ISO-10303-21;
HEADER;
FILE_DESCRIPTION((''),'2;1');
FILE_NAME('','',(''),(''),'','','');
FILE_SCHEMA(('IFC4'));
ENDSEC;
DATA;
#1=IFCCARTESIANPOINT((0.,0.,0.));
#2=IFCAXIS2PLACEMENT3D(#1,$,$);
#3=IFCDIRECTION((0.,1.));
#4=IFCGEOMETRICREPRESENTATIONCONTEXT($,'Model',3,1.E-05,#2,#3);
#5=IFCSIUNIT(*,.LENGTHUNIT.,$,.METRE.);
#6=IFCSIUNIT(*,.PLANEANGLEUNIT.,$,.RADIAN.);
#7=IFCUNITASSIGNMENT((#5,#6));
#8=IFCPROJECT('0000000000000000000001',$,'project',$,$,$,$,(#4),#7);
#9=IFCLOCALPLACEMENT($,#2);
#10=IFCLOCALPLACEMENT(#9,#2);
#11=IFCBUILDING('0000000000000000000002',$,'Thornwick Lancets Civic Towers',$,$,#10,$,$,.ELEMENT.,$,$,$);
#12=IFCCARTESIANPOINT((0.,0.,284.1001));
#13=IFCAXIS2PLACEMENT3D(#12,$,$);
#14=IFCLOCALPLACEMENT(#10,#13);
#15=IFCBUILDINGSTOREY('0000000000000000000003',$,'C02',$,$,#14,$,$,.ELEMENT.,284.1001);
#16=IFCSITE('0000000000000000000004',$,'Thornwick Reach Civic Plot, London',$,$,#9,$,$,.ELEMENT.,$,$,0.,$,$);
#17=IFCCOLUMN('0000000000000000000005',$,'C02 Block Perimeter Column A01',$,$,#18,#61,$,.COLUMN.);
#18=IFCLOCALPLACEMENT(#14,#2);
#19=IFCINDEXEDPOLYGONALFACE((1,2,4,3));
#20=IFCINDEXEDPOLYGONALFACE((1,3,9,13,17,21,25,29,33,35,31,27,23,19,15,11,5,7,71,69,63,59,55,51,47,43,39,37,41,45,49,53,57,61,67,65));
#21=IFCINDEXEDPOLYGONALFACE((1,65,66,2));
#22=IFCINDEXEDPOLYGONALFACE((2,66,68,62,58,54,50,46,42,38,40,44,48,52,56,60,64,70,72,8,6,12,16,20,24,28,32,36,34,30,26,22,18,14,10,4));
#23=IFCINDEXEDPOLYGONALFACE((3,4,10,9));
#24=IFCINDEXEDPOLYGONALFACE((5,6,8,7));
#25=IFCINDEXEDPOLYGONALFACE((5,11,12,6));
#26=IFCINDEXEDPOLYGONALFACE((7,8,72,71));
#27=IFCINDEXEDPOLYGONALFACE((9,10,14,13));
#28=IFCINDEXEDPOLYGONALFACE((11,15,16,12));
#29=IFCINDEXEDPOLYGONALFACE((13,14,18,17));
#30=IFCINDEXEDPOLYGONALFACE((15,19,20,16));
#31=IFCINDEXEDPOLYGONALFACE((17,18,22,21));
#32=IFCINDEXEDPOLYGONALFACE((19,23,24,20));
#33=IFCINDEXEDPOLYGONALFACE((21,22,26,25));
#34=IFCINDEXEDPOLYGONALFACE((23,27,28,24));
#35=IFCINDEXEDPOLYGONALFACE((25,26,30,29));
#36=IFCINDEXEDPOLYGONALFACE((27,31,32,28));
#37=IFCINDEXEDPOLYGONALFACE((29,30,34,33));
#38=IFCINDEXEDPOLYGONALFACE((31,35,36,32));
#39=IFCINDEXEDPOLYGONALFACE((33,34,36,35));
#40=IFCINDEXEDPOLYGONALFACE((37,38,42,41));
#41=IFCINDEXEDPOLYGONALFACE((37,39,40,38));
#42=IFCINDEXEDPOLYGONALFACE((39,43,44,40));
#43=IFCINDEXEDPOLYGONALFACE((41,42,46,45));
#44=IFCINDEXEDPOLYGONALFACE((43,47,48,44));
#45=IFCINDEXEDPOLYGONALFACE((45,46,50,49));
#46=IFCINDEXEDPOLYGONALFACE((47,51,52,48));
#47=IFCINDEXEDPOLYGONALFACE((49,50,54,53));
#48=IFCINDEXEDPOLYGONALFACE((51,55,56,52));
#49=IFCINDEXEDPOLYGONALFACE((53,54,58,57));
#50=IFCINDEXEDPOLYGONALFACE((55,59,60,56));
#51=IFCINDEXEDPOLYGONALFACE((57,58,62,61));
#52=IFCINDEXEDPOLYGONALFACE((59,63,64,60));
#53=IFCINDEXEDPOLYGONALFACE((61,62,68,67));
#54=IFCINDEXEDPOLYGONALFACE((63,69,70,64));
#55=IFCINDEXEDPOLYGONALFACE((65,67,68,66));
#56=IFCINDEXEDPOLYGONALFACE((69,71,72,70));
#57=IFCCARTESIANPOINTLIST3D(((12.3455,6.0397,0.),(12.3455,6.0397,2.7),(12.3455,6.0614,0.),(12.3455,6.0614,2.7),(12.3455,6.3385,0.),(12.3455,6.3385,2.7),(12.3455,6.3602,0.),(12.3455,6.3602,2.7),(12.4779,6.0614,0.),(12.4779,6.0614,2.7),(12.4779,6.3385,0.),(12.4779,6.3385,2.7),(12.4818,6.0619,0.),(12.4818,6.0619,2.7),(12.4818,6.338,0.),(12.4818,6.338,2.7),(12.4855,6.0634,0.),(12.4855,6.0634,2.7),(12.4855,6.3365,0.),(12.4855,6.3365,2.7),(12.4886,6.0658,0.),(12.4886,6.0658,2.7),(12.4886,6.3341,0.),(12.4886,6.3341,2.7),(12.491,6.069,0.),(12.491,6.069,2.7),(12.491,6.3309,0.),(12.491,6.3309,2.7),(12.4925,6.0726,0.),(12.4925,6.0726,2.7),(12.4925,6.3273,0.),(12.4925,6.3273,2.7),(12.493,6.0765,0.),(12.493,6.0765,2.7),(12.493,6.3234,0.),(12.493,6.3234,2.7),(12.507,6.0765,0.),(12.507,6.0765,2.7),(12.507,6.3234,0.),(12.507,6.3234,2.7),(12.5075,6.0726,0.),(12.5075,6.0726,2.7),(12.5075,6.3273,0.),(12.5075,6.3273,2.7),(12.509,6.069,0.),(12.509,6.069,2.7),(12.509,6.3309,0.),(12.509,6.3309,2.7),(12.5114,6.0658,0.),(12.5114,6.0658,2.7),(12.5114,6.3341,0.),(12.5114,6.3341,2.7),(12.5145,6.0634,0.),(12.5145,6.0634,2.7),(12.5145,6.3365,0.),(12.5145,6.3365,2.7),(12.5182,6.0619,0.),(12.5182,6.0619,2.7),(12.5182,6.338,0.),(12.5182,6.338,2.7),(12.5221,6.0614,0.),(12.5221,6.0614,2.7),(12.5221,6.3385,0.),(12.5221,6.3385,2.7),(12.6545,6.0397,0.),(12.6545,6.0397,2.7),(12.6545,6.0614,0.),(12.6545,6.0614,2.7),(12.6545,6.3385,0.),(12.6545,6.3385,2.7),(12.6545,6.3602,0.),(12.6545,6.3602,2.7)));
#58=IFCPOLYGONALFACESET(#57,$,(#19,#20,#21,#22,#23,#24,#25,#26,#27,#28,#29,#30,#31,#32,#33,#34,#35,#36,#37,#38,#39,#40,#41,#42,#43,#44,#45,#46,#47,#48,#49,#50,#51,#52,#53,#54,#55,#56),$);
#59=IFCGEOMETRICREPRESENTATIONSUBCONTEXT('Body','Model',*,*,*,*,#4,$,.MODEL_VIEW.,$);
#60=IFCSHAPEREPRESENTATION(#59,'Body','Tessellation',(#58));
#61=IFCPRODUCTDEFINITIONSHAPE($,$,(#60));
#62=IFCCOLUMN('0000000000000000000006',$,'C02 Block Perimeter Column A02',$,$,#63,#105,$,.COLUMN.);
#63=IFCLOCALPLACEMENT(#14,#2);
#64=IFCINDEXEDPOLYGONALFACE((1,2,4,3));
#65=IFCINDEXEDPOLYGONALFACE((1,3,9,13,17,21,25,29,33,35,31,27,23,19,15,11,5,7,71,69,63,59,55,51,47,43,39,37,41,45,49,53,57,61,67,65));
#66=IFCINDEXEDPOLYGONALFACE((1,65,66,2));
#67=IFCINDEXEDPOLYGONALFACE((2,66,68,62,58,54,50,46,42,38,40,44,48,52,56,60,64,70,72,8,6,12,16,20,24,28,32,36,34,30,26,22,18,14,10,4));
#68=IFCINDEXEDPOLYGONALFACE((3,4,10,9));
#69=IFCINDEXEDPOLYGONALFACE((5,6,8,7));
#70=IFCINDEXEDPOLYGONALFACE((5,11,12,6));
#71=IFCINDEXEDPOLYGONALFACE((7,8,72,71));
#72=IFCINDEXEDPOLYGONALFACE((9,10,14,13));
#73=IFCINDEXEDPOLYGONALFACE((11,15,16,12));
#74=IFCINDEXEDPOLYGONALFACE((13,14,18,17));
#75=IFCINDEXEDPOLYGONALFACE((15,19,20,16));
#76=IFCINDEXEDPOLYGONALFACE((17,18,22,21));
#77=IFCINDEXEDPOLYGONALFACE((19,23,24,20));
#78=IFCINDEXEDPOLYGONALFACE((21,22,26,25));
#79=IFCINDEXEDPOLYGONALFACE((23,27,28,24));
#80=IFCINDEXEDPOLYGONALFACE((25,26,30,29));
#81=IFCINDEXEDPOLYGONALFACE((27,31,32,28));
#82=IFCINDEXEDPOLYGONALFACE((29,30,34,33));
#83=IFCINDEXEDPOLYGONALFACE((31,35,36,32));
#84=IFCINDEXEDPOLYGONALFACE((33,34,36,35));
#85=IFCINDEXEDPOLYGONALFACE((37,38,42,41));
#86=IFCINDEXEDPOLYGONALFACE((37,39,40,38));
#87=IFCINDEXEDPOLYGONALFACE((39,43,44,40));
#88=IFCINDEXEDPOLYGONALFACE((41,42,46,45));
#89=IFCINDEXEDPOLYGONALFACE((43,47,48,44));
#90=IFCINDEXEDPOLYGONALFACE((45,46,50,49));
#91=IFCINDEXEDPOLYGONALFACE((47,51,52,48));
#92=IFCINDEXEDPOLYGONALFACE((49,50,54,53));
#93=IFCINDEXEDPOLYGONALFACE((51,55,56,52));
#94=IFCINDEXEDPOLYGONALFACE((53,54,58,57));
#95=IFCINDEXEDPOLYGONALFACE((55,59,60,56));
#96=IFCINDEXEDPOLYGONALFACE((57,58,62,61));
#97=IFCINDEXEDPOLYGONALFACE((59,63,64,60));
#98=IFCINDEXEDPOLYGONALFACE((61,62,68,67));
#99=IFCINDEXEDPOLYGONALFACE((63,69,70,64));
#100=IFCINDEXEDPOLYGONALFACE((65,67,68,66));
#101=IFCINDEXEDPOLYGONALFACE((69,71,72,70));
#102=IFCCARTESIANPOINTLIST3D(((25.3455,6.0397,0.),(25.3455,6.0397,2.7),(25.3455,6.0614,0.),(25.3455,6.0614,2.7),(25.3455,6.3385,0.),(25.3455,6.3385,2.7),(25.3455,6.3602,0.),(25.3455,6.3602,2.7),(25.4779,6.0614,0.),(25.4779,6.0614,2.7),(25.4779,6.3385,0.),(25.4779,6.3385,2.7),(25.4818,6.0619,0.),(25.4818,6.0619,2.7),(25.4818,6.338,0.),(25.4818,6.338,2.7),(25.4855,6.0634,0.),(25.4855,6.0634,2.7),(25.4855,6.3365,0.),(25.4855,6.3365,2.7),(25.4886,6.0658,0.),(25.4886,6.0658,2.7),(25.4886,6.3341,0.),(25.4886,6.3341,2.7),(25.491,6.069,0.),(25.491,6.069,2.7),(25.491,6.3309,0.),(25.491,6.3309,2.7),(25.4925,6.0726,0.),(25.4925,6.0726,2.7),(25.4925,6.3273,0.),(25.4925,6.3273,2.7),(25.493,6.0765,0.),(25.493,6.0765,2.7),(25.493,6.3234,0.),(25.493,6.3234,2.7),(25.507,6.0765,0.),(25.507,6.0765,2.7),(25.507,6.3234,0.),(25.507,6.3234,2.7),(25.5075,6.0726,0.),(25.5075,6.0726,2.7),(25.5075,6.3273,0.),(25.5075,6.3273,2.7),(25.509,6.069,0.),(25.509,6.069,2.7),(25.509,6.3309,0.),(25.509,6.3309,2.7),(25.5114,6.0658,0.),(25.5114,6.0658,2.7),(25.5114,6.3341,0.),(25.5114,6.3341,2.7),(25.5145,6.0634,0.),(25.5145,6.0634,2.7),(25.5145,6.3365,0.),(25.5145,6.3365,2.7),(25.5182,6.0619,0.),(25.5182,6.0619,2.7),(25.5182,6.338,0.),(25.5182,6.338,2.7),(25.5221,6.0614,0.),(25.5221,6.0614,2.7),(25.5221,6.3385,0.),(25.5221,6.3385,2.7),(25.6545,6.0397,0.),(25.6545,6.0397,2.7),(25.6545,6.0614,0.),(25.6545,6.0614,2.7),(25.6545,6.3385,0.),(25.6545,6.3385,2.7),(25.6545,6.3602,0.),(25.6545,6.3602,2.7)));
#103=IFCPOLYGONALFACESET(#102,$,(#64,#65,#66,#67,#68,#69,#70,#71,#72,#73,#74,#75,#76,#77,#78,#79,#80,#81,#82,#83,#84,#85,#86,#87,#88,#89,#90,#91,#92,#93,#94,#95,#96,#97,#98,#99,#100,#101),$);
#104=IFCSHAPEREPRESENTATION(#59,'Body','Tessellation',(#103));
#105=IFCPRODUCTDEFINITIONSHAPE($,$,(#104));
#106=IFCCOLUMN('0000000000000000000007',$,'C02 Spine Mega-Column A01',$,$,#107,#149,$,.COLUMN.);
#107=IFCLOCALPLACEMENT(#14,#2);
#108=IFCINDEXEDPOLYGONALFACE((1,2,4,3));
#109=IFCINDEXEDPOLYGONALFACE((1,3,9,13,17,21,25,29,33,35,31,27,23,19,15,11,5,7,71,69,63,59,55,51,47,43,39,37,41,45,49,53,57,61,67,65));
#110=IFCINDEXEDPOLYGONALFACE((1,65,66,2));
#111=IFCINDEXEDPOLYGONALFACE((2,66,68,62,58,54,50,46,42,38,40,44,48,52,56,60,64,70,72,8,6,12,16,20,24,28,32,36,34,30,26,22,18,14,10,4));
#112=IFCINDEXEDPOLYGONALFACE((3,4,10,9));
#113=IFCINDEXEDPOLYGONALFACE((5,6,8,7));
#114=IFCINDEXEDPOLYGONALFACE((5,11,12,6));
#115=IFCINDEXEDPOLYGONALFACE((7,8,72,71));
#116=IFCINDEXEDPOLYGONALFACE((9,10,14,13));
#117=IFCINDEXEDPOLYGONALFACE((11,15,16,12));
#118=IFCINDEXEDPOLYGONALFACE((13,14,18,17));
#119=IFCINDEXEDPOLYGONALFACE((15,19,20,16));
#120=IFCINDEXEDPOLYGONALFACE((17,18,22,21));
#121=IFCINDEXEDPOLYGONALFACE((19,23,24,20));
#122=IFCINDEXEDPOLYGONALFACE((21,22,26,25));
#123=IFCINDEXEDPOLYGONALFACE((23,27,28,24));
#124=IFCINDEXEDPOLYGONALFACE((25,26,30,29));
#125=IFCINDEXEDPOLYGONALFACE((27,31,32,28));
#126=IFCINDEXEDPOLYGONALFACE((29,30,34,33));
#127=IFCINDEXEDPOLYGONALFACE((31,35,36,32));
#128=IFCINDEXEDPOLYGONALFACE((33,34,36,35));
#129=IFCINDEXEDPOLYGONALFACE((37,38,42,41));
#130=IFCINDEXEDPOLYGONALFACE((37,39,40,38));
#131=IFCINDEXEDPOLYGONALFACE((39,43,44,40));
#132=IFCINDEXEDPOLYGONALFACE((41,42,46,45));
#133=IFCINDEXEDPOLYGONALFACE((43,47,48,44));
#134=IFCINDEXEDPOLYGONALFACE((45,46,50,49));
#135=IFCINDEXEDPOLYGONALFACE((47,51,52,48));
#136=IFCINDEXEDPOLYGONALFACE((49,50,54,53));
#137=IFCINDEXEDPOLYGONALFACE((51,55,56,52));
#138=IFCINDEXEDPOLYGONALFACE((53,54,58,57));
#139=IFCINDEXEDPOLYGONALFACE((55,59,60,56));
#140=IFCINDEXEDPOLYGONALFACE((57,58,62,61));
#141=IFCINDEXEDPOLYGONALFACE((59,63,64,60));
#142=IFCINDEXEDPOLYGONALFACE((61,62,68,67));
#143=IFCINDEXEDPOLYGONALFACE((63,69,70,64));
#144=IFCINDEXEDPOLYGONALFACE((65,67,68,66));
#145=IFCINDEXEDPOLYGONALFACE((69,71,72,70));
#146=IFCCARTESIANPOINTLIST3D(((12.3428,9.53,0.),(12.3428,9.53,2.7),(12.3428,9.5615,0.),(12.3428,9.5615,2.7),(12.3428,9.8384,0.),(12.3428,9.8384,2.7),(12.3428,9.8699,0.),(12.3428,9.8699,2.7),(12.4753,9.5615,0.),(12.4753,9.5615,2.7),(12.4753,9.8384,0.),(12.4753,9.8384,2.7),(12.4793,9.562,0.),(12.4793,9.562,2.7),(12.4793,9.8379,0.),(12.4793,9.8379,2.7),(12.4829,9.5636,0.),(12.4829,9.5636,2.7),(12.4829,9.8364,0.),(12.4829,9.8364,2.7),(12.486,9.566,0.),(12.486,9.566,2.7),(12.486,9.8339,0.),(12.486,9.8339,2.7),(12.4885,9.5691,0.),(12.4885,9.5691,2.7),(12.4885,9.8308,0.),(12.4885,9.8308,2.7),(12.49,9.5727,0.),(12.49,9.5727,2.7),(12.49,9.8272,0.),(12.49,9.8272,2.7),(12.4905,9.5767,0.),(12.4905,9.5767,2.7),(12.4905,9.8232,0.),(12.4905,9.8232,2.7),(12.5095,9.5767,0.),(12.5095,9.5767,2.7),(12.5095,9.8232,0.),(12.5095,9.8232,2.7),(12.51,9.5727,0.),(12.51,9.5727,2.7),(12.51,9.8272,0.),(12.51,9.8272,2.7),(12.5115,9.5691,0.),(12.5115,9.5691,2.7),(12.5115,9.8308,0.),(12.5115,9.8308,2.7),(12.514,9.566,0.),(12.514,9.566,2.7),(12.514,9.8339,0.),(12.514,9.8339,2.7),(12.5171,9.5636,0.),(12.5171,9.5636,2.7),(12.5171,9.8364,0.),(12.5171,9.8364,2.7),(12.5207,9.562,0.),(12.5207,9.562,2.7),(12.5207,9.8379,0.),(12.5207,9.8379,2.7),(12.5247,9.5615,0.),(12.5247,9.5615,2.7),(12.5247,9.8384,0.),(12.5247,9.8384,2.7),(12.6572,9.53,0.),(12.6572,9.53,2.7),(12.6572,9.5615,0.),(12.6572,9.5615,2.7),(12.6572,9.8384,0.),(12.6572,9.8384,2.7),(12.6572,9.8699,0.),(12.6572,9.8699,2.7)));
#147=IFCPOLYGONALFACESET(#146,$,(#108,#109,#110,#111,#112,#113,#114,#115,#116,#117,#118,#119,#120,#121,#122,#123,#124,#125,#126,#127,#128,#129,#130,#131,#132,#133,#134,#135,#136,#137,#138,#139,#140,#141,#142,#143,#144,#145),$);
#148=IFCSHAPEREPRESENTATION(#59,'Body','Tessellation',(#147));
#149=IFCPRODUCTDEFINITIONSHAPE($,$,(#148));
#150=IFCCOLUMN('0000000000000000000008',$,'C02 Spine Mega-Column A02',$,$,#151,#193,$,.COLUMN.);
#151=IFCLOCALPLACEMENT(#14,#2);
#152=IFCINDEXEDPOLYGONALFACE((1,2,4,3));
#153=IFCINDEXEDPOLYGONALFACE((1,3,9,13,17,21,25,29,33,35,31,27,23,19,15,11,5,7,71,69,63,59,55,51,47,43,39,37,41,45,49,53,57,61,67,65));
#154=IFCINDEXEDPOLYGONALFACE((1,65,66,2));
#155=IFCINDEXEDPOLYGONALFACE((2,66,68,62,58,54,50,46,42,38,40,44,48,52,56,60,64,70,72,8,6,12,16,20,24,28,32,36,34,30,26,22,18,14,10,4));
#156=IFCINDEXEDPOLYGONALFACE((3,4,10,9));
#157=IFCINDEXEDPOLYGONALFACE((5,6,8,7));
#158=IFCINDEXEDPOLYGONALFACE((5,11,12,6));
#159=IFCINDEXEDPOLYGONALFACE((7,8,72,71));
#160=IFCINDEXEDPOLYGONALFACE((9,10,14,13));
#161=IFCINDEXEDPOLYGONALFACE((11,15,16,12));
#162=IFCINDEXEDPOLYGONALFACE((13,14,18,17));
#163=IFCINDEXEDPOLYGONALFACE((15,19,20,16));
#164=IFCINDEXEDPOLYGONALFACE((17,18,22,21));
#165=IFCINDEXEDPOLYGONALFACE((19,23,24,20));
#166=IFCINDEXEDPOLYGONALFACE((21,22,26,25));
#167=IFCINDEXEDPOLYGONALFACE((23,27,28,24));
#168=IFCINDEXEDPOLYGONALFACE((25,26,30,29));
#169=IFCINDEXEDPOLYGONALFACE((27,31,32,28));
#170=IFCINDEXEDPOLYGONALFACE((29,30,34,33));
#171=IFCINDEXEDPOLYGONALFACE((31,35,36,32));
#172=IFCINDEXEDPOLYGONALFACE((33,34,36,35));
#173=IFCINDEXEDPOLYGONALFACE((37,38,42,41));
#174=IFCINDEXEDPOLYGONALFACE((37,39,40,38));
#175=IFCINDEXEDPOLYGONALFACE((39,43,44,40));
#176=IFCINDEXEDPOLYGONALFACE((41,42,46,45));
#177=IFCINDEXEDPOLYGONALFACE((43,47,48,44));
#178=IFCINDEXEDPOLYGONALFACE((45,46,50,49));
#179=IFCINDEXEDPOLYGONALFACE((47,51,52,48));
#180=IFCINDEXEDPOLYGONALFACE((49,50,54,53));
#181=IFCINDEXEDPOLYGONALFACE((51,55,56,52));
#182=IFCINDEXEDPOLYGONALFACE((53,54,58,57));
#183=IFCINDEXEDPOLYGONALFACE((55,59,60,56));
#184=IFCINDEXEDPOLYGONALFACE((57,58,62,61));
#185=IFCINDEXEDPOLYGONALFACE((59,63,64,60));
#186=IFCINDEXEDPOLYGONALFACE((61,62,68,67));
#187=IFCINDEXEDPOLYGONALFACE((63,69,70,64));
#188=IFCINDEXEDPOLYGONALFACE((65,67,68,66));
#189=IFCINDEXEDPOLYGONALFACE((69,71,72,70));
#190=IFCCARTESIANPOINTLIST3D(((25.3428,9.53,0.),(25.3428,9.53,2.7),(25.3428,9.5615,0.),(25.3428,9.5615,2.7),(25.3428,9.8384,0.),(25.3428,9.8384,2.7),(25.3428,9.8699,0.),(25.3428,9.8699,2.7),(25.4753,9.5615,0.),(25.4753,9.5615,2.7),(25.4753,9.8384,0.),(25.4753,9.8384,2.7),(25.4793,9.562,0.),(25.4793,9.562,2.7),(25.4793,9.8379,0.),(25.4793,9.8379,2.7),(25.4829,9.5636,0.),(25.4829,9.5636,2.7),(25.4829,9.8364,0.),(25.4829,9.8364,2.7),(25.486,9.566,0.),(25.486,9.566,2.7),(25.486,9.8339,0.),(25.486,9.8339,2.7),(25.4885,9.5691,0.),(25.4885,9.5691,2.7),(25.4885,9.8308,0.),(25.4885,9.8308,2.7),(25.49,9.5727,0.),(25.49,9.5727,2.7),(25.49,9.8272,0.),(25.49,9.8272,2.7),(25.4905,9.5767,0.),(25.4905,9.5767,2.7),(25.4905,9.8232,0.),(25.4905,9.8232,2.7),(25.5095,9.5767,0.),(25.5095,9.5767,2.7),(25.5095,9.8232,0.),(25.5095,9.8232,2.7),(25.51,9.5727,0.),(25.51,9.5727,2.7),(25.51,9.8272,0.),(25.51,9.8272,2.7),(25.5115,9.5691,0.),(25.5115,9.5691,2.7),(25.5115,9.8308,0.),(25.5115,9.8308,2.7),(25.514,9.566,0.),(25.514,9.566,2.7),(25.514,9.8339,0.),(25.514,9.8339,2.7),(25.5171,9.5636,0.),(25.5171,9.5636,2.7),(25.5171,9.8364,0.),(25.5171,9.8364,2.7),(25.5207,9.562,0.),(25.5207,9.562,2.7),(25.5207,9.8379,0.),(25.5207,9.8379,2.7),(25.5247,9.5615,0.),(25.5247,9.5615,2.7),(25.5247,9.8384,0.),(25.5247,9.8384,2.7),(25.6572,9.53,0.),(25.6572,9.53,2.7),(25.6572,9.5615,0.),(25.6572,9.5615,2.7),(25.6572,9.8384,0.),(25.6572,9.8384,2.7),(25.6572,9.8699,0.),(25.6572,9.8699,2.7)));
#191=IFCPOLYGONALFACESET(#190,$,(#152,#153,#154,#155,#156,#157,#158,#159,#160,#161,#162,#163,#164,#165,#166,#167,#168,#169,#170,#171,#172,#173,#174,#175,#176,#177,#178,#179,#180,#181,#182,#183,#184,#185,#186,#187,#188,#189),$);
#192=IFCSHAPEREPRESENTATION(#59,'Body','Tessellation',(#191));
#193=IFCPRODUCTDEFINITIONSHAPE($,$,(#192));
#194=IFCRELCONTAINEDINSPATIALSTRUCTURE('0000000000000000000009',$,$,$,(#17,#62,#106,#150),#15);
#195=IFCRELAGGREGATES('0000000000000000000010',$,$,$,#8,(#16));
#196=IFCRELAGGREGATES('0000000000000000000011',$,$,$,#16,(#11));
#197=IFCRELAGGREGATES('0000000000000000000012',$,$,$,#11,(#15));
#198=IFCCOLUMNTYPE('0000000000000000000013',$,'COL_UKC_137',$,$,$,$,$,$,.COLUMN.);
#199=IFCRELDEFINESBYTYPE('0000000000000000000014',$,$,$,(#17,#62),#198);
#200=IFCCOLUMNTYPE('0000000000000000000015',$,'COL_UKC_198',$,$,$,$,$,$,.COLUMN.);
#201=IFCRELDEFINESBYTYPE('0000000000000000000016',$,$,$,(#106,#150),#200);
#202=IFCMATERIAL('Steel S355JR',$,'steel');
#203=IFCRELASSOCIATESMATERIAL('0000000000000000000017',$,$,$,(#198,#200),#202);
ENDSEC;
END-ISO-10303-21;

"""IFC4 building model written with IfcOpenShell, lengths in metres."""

from ifc_helpers import new_model, si_unit, direction, frame, origin, origin_2d, place, context, subcontext, project, spatial, i_section, extrude, material, material_profile, profile_set, type_object, element, save


model = new_model("IFC4")

# Units and contexts
model_context = context("Model", 3, precision=1e-05, world=origin(), true_north=direction((0.0, 1.0)))
body_context = subcontext(model_context, "Body", "Model", "MODEL_VIEW")
ifc_project = project(units=[si_unit("LENGTHUNIT", "METRE"), si_unit("PLANEANGLEUNIT", "RADIAN")], contexts=[model_context])

# Site, building, storey
site_placement = place(None, origin())
site = spatial("IfcSite", under=ifc_project, at=site_placement, Name="Thornwick Reach Civic Plot, London", CompositionType="ELEMENT", RefElevation=0.0)
building_placement = place(site_placement, origin())
building = spatial("IfcBuilding", under=site, at=building_placement, Name="Thornwick Lancets Civic Towers", CompositionType="ELEMENT")
storey_placement = place(building_placement, frame((0.0, 0.0, 284.1001)))
storey = spatial("IfcBuildingStorey", under=building, at=storey_placement, Name="C02", CompositionType="ELEMENT", Elevation=284.1001)

# Columns
ifc_material_1 = material(Name="Steel S355JR", Category="steel")
ifc_material_profile_1 = material_profile(ifc_material_1, i_section(OverallWidth=0.3091, OverallDepth=0.3206, WebThickness=0.0139, FlangeThickness=0.0217, FilletRadius=0.0151, at=origin_2d()), Name="UKC 305x305x137")
ifc_profile_set_1 = profile_set([ifc_material_profile_1], Name="Steel S355JR")
column_type_1 = type_object("IfcColumnType", Name="COL_UKC_137", PredefinedType="COLUMN", material=ifc_profile_set_1)
for number, where, z_axis, x_axis, name in (
    (1, (12.5, 6.2, 0.0), (0.0, 0.0, 1.0), (1.0, 0.0, 0.0), "C02 Block Perimeter Column A01"),
    (2, (25.5, 6.2, 0.0), (0.0, 0.0, 1.0), (1.0, 0.0, 0.0), "C02 Block Perimeter Column A02"),
):
    element("IfcColumn", number, at=place(storey_placement, frame(where, z_axis=z_axis, x_axis=x_axis)), inside=storey, type_object=column_type_1, Name=name, PredefinedType="COLUMN", context=body_context, shape_type="SweptSolid", body=[
        extrude(i_section(OverallWidth=0.3091, OverallDepth=0.3206, WebThickness=0.0139, FlangeThickness=0.0217, FilletRadius=0.0151, at=origin_2d()), origin(), (0.0, 0.0, 1.0), 2.7),
    ])
ifc_material_profile_2 = material_profile(ifc_material_1, i_section(OverallWidth=0.3145, OverallDepth=0.3398, WebThickness=0.019, FlangeThickness=0.0315, FilletRadius=0.0151, at=origin_2d()), Name="UKC 305x305x198")
ifc_profile_set_2 = profile_set([ifc_material_profile_2], Name="Steel S355JR")
column_type_2 = type_object("IfcColumnType", Name="COL_UKC_198", PredefinedType="COLUMN", material=ifc_profile_set_2)
for number, where, z_axis, x_axis, name in (
    (3, (12.5, 9.7, 0.0), (0.0, 0.0, 1.0), (1.0, 0.0, 0.0), "C02 Spine Mega-Column A01"),
    (4, (25.5, 9.7, 0.0), (0.0, 0.0, 1.0), (1.0, 0.0, 0.0), "C02 Spine Mega-Column A02"),
):
    element("IfcColumn", number, at=place(storey_placement, frame(where, z_axis=z_axis, x_axis=x_axis)), inside=storey, type_object=column_type_2, Name=name, PredefinedType="COLUMN", context=body_context, shape_type="SweptSolid", body=[
        extrude(i_section(OverallWidth=0.3145, OverallDepth=0.3398, WebThickness=0.019, FlangeThickness=0.0315, FilletRadius=0.0151, at=origin_2d()), origin(), (0.0, 0.0, 1.0), 2.7),
    ])

save(model, "model.ifc")
